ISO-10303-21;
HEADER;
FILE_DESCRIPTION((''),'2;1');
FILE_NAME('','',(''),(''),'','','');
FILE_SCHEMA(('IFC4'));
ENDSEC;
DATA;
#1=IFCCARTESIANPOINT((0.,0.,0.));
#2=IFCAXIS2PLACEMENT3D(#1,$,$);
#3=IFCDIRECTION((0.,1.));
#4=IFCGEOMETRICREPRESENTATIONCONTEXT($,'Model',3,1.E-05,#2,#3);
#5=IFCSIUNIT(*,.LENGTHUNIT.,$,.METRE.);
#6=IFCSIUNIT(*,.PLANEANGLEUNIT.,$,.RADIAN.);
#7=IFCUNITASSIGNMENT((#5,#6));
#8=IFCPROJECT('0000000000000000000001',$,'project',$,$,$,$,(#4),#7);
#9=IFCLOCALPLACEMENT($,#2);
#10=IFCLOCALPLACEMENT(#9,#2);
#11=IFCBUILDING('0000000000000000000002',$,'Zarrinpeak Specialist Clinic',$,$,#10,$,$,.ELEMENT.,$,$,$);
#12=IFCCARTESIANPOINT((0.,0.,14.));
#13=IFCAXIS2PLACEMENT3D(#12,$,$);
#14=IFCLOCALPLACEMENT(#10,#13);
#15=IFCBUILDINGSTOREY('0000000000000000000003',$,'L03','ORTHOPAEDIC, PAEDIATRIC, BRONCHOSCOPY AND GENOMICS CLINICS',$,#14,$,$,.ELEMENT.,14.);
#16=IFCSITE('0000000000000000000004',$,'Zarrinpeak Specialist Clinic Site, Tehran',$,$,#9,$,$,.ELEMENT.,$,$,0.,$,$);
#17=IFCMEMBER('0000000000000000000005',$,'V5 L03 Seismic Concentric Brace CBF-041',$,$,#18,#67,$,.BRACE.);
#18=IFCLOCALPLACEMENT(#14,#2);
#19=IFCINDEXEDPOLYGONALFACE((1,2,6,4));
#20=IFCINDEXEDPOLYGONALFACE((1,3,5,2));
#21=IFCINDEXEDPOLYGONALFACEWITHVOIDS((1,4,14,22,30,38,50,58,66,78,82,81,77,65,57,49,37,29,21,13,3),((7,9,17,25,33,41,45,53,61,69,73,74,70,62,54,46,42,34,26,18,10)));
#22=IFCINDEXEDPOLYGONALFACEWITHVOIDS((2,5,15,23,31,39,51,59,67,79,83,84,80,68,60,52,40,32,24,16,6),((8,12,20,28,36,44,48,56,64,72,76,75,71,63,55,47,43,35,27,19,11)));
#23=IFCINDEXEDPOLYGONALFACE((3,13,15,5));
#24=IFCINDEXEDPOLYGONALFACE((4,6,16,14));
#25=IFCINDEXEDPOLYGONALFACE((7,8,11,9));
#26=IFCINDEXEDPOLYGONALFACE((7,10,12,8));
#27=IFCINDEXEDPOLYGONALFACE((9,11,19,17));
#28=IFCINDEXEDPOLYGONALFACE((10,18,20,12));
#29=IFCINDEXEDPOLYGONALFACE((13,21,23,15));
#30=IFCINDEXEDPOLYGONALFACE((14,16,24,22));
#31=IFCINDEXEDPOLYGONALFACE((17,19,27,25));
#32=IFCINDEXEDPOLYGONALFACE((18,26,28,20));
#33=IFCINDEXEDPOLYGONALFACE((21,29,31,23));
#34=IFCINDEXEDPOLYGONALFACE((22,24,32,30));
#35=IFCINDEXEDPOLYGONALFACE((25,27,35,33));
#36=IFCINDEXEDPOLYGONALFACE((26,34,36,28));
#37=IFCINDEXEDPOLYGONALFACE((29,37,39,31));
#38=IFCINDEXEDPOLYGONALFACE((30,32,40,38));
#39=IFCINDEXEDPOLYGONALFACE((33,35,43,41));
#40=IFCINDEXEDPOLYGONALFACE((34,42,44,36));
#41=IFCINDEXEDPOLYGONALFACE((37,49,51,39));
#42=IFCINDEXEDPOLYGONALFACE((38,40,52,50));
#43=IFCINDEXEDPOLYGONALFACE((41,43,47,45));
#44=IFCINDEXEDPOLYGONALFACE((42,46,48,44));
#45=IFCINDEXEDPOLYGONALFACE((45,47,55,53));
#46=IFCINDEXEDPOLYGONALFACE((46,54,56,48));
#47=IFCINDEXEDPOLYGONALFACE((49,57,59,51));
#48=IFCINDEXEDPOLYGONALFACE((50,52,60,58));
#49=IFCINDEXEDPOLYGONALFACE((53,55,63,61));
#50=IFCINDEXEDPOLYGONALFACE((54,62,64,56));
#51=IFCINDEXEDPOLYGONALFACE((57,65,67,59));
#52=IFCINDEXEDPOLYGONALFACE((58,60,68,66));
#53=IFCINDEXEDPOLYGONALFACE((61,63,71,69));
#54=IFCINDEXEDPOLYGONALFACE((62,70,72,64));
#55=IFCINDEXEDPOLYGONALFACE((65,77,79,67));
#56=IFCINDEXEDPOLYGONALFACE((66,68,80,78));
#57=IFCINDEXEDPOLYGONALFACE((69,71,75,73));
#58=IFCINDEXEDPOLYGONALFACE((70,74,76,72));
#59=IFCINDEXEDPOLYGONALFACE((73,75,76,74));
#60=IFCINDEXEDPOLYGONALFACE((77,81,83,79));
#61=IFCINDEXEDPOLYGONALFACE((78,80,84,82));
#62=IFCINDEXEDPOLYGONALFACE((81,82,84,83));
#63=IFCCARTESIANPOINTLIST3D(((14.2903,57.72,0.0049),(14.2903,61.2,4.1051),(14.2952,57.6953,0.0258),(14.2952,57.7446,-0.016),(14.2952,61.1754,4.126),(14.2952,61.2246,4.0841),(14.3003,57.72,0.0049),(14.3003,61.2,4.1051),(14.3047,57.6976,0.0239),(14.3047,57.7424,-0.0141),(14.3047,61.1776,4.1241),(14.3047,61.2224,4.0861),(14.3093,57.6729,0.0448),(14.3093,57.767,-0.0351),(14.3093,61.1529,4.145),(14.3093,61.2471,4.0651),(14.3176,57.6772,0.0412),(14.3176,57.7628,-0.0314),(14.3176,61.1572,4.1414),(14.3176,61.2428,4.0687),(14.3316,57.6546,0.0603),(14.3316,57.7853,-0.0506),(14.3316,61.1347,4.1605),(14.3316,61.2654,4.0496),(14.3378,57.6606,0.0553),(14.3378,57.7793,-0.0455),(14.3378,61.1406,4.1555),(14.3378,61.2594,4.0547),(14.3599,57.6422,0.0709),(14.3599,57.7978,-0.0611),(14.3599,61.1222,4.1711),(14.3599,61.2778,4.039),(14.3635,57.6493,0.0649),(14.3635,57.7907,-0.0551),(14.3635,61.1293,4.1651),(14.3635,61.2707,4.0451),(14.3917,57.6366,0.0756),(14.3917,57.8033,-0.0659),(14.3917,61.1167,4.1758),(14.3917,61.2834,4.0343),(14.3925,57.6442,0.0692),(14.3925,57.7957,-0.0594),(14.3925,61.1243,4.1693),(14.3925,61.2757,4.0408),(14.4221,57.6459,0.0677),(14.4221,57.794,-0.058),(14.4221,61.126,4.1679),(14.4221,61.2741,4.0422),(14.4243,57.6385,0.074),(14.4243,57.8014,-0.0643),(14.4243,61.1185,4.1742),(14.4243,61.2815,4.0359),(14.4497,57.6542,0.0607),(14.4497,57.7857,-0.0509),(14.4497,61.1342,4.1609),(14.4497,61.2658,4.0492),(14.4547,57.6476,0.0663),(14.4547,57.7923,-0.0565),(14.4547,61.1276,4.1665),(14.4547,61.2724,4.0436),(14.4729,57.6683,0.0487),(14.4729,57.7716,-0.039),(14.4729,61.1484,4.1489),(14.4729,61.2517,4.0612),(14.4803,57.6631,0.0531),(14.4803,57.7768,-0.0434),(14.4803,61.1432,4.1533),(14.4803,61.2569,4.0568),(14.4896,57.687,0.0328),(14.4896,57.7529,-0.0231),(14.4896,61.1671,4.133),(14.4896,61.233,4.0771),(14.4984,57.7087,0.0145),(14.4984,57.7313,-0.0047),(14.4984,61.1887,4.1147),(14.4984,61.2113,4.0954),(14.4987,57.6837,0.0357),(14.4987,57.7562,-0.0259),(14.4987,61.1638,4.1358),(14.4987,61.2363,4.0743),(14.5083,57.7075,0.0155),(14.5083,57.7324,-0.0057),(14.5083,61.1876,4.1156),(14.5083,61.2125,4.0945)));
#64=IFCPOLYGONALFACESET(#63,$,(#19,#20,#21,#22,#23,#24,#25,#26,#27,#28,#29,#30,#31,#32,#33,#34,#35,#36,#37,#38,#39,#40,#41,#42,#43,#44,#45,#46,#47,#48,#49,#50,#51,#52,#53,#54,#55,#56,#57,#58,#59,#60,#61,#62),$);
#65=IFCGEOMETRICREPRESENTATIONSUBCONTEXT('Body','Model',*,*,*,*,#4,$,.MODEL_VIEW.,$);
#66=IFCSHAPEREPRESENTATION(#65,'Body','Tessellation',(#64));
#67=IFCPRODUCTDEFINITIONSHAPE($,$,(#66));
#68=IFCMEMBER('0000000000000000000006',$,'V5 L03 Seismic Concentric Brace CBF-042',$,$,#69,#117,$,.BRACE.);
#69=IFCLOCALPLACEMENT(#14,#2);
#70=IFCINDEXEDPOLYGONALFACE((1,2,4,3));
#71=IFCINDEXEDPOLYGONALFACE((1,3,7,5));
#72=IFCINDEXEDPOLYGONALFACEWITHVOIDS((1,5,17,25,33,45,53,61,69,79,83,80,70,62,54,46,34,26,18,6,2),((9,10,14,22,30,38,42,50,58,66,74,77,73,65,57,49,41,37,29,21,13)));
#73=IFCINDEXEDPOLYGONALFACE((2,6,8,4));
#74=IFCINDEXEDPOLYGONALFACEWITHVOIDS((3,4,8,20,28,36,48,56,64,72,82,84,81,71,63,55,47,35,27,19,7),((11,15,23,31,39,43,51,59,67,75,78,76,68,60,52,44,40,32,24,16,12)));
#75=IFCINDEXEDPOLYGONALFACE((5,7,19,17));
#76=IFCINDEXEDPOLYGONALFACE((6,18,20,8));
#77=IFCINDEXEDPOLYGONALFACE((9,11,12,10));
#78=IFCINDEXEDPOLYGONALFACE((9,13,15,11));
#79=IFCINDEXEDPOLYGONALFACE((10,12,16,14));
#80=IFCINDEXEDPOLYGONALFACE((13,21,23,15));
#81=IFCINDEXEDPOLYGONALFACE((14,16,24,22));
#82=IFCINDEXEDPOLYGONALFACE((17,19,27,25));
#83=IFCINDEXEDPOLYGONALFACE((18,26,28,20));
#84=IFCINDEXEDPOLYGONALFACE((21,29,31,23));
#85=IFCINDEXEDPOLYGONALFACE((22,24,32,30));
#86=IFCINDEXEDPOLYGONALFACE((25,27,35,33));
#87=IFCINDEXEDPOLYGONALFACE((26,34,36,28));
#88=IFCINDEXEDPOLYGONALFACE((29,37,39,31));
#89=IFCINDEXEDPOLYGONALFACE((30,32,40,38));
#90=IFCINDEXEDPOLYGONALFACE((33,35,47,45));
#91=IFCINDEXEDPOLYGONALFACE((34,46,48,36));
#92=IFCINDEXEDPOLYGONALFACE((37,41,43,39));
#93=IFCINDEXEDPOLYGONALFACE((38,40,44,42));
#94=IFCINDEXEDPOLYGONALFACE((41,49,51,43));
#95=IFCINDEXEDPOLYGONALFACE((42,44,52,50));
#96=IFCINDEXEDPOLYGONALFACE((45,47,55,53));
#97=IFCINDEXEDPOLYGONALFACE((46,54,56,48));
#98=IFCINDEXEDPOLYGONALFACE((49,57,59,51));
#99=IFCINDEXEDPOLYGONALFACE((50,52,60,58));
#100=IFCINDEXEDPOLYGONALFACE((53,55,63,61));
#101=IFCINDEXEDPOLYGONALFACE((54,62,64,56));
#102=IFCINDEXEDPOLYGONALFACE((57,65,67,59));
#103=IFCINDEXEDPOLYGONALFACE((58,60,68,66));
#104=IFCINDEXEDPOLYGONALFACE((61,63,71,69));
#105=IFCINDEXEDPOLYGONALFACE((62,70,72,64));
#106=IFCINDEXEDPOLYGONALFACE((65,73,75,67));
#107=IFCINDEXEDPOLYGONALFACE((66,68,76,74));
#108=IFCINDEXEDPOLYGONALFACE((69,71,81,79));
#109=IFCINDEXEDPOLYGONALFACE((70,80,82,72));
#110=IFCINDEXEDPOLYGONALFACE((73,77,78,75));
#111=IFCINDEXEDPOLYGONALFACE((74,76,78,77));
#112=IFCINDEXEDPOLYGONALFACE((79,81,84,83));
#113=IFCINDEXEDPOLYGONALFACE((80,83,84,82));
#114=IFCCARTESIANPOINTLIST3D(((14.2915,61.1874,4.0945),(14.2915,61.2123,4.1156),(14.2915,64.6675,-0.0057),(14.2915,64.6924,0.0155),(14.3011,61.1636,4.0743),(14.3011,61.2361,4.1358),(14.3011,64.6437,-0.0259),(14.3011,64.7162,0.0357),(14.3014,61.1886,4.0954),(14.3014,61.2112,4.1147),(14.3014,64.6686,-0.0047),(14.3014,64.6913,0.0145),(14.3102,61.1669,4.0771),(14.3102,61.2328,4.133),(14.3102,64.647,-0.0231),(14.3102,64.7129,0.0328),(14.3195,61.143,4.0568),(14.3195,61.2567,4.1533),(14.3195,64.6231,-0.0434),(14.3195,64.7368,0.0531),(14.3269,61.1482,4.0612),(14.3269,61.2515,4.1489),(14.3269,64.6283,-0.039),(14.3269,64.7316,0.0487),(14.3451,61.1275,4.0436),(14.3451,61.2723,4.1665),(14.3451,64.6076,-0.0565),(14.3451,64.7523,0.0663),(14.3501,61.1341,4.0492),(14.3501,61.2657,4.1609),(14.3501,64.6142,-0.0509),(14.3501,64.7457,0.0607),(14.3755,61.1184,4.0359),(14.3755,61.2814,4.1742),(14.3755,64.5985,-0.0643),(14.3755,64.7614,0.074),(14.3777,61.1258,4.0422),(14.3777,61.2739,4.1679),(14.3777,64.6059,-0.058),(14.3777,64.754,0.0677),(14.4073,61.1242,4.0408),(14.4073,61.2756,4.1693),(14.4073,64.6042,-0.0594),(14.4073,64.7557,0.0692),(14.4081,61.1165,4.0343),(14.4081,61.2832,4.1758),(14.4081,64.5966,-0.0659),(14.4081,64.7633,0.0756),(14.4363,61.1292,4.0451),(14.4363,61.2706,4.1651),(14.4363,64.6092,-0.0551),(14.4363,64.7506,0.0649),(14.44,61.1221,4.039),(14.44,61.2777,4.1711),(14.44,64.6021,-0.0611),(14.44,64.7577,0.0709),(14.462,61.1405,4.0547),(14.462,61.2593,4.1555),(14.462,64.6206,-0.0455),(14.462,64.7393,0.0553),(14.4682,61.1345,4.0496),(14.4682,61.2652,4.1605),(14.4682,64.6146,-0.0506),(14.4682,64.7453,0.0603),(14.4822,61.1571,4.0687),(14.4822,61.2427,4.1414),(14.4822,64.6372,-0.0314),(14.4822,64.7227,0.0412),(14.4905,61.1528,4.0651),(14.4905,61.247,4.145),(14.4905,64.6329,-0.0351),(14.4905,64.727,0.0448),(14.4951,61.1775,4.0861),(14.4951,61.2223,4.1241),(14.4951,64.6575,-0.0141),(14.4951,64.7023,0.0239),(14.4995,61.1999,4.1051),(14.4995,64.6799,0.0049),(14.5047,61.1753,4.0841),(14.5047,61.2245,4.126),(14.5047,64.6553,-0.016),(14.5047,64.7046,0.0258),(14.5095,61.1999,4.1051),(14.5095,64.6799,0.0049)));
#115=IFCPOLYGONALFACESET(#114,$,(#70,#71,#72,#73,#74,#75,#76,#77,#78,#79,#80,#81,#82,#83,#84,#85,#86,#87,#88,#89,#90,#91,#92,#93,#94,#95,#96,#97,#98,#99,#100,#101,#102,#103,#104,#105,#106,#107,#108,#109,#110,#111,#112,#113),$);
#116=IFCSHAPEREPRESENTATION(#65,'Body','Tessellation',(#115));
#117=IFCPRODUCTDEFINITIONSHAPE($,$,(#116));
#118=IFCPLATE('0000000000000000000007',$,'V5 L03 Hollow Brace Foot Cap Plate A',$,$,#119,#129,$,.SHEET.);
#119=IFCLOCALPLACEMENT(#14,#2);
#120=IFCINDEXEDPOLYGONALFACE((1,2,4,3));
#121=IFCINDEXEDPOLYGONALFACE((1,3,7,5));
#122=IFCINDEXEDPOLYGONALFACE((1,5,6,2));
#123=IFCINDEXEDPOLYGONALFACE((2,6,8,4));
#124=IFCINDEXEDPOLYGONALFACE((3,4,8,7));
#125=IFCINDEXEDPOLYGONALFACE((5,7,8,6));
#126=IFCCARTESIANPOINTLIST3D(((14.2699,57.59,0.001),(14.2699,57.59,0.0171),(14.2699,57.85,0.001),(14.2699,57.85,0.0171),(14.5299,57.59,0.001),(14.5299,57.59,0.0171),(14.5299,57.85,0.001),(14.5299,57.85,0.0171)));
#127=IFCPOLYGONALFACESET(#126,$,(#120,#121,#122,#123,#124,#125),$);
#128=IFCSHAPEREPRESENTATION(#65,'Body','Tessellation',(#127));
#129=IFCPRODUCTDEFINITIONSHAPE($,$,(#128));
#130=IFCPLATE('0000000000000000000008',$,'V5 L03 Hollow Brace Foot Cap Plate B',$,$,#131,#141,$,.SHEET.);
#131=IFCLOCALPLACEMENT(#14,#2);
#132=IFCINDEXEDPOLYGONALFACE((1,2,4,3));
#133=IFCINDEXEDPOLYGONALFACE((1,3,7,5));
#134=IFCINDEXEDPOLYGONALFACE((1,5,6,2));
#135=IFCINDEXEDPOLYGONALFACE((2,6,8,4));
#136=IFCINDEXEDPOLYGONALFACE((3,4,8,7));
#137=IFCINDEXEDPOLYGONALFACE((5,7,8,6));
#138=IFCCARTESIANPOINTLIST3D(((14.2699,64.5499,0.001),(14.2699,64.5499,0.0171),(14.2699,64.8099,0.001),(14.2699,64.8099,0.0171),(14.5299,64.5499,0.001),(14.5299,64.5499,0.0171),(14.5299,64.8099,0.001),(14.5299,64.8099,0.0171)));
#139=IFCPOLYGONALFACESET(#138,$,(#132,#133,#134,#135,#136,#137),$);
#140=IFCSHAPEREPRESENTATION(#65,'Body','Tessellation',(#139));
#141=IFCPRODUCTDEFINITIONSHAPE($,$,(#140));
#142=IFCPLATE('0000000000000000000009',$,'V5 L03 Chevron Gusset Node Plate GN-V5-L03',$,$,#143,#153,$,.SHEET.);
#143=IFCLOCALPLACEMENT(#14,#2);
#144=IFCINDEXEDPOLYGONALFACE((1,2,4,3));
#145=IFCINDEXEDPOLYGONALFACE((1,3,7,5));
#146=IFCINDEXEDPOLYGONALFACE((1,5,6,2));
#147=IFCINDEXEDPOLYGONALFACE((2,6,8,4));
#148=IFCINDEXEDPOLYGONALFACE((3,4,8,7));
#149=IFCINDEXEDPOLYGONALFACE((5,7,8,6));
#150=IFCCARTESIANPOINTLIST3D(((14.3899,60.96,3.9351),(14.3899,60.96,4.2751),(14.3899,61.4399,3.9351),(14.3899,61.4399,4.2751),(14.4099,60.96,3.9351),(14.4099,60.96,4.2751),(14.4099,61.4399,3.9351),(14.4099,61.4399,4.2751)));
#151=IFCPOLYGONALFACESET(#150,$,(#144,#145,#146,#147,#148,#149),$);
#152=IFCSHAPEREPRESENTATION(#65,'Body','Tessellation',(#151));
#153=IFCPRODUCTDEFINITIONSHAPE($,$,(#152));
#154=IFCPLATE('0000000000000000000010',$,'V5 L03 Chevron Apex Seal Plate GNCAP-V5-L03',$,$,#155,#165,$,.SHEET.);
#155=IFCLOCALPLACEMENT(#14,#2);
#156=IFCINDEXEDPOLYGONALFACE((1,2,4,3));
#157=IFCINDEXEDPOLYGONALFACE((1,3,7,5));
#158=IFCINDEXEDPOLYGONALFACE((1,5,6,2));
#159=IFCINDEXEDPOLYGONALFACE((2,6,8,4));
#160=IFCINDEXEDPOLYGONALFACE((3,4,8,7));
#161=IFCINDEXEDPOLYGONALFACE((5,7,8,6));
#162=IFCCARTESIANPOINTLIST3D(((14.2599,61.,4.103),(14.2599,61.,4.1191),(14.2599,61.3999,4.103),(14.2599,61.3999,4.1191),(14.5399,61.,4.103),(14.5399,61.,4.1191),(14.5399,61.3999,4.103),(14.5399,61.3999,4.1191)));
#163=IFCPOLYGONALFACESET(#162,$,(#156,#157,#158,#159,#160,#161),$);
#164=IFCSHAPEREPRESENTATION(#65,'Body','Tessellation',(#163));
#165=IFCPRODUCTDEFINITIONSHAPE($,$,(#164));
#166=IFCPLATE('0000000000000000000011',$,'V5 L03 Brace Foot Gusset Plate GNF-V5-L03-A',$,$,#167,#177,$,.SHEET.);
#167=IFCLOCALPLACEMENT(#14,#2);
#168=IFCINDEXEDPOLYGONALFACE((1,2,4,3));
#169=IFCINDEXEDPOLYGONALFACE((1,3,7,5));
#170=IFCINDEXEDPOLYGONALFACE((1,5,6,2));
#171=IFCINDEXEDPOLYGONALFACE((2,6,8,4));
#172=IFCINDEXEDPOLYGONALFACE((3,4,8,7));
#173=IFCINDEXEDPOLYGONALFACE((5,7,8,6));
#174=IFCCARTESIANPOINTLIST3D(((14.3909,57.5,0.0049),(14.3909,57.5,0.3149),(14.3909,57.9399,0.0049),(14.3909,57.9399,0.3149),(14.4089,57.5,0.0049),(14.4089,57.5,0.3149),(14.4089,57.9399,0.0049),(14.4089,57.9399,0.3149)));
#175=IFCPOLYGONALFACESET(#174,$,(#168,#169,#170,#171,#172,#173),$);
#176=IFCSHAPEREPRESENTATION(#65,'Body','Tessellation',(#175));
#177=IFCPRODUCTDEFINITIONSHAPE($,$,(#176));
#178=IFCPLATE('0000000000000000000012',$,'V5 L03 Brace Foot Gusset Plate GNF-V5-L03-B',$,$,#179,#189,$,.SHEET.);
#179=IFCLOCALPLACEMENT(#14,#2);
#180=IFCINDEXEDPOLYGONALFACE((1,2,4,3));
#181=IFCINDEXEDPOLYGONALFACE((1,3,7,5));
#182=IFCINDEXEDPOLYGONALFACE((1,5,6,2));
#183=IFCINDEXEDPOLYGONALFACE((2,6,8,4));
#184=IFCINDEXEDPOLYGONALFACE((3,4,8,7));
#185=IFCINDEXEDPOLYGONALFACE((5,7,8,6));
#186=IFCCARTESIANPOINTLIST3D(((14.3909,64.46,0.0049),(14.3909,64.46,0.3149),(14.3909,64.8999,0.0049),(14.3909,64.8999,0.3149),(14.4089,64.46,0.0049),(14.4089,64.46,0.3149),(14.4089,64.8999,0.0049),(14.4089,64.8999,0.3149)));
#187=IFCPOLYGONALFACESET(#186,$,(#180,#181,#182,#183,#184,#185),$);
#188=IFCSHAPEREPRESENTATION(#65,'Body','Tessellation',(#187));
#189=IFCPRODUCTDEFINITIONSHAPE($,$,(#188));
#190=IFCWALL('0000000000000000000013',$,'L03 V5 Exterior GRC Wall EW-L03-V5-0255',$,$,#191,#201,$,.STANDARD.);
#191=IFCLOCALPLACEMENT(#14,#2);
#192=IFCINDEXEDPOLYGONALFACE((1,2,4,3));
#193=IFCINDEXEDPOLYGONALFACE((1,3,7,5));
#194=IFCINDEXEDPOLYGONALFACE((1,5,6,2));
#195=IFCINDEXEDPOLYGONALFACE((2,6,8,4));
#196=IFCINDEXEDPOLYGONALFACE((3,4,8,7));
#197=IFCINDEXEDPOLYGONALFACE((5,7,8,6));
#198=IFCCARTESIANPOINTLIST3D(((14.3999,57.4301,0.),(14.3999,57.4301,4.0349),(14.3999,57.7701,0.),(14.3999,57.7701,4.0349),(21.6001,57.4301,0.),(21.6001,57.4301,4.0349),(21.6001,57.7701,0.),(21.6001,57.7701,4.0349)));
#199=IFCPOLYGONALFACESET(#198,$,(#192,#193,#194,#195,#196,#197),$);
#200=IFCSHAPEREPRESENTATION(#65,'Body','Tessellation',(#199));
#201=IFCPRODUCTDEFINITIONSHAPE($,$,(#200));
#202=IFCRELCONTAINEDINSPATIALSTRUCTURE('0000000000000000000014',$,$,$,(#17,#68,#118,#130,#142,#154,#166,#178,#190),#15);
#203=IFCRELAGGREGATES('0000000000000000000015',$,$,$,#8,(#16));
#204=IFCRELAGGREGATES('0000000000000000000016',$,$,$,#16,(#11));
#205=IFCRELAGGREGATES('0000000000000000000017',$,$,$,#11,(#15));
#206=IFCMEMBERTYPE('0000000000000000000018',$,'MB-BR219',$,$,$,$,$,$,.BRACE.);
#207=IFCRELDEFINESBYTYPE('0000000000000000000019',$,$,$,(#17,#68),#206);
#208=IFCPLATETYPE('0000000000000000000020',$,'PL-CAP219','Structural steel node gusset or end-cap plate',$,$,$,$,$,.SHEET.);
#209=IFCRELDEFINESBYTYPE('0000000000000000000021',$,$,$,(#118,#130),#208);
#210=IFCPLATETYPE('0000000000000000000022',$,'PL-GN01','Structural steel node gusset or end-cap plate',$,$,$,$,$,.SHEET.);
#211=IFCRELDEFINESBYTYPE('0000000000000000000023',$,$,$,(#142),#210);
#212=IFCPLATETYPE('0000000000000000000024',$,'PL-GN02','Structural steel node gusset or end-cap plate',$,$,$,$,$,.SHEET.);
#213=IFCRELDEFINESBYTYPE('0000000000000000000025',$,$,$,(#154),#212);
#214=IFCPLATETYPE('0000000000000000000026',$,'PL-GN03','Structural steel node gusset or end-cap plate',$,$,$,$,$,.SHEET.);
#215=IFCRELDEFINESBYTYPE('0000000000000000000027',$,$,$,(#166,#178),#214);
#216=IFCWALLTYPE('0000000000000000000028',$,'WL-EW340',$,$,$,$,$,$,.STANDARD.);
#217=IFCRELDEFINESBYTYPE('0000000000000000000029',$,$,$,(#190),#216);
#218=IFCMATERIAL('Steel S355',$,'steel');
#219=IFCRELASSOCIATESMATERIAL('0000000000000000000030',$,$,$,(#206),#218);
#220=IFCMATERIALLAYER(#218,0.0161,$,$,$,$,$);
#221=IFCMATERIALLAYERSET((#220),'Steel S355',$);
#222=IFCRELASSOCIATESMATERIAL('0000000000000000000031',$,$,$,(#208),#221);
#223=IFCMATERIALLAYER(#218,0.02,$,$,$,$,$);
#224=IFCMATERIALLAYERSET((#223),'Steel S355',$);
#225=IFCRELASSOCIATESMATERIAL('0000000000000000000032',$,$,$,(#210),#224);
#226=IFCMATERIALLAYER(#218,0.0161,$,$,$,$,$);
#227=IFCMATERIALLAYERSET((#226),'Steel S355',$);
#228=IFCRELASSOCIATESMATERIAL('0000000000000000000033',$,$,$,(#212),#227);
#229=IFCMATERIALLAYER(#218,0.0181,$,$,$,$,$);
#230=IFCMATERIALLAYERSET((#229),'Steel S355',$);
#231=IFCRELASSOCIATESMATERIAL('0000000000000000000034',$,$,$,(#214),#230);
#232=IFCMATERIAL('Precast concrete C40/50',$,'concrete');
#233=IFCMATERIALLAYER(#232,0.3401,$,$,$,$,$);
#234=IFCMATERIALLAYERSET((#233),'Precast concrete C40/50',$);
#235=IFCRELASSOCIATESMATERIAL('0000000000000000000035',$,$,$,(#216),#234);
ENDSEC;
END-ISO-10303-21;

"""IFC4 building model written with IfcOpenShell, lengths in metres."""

from ifc_helpers import new_model, si_unit, direction, frame, frame_2d, origin, origin_2d, place, context, subcontext, project, spatial, rectangle, hollow_circle, extrude, material, layer, layer_set, material_profile, profile_set, type_object, element, save


model = new_model("IFC4")

# Units and contexts
model_context = context("Model", 3, precision=1e-05, world=origin(), true_north=direction((0.0, 1.0)))
body_context = subcontext(model_context, "Body", "Model", "MODEL_VIEW")
ifc_project = project(units=[si_unit("LENGTHUNIT", "METRE"), si_unit("PLANEANGLEUNIT", "RADIAN")], contexts=[model_context])

# Site, building, storey
site_placement = place(None, origin())
site = spatial("IfcSite", under=ifc_project, at=site_placement, Name="Zarrinpeak Specialist Clinic Site, Tehran", CompositionType="ELEMENT", RefElevation=0.0)
building_placement = place(site_placement, origin())
building = spatial("IfcBuilding", under=site, at=building_placement, Name="Zarrinpeak Specialist Clinic", CompositionType="ELEMENT")
storey_placement = place(building_placement, frame((0.0, 0.0, 14.0)))
storey = spatial("IfcBuildingStorey", under=building, at=storey_placement, Name="L03", Description="ORTHOPAEDIC, PAEDIATRIC, BRONCHOSCOPY AND GENOMICS CLINICS", CompositionType="ELEMENT", Elevation=14.0)

# Shared definitions
ifc_material_1 = material(Name="Steel S355", Category="steel")

# Members
ifc_material_profile_1 = material_profile(ifc_material_1, hollow_circle(Radius=0.1096, WallThickness=0.01, at=origin_2d()), Name="CHS 219.1x10.0")
ifc_profile_set_1 = profile_set([ifc_material_profile_1], Name="Steel S355")
member_type = type_object("IfcMemberType", Name="MB-BR219", PredefinedType="BRACE", material=ifc_profile_set_1)
for number, where, z_axis, x_axis, name in (
    (1, (14.3999, 57.72, 0.0049), (0.0, 0.647097, 0.762407), (-1.0, 0.0, 0.0), "V5 L03 Seismic Concentric Brace CBF-041"),
    (2, (14.3999, 64.6799, 0.0049), (0.0, -0.647097, 0.762407), (1.0, 0.0, 0.0), "V5 L03 Seismic Concentric Brace CBF-042"),
):
    element("IfcMember", number, at=place(storey_placement, frame(where, z_axis=z_axis, x_axis=x_axis)), inside=storey, type_object=member_type, Name=name, PredefinedType="BRACE", context=body_context, shape_type="SweptSolid", body=[
        extrude(hollow_circle(Radius=0.1096, WallThickness=0.01, at=origin_2d()), origin(), (0.0, 0.0, 1.0), 5.3779),
    ])

# Plates
ifc_layer_1 = layer(ifc_material_1, 0.0161)
ifc_layer_set_1 = layer_set([ifc_layer_1], Name="Steel S355")
plate_type_1 = type_object("IfcPlateType", Name="PL-CAP219", Description="Structural steel node gusset or end-cap plate", PredefinedType="SHEET", material=ifc_layer_set_1)
for number, where, z_axis, x_axis, name in (
    (3, (14.3999, 57.72, 0.001), (0.0, 0.0, 1.0), (1.0, 0.0, 0.0), "V5 L03 Hollow Brace Foot Cap Plate A"),
    (4, (14.3999, 64.6799, 0.001), (0.0, 0.0, 1.0), (1.0, 0.0, 0.0), "V5 L03 Hollow Brace Foot Cap Plate B"),
):
    element("IfcPlate", number, at=place(storey_placement, frame(where, z_axis=z_axis, x_axis=x_axis)), inside=storey, type_object=plate_type_1, Name=name, PredefinedType="SHEET", context=body_context, shape_type="SweptSolid", body=[
        extrude(rectangle(XDim=0.26, YDim=0.26, at=origin_2d()), origin(), (0.0, 0.0, 1.0), 0.0161),
    ])
ifc_layer_2 = layer(ifc_material_1, 0.02)
ifc_layer_set_2 = layer_set([ifc_layer_2], Name="Steel S355")
plate_type_2 = type_object("IfcPlateType", Name="PL-GN01", Description="Structural steel node gusset or end-cap plate", PredefinedType="SHEET", material=ifc_layer_set_2)
plate_1_placement = place(storey_placement, frame((14.3999, 61.2, 3.9351), z_axis=(0.0, 0.0, 1.0), x_axis=(1.0, 0.0, 0.0)))
element("IfcPlate", 5, at=plate_1_placement, inside=storey, type_object=plate_type_2, Name="V5 L03 Chevron Gusset Node Plate GN-V5-L03", PredefinedType="SHEET", context=body_context, shape_type="SweptSolid", body=[
    extrude(rectangle(XDim=0.02, YDim=0.48, at=origin_2d()), origin(), (0.0, 0.0, 1.0), 0.3401),
])
ifc_layer_3 = layer(ifc_material_1, 0.0161)
ifc_layer_set_3 = layer_set([ifc_layer_3], Name="Steel S355")
plate_type_3 = type_object("IfcPlateType", Name="PL-GN02", Description="Structural steel node gusset or end-cap plate", PredefinedType="SHEET", material=ifc_layer_set_3)
plate_2_placement = place(storey_placement, frame((14.3999, 61.2, 4.103), z_axis=(0.0, 0.0, 1.0), x_axis=(1.0, 0.0, 0.0)))
element("IfcPlate", 6, at=plate_2_placement, inside=storey, type_object=plate_type_3, Name="V5 L03 Chevron Apex Seal Plate GNCAP-V5-L03", PredefinedType="SHEET", context=body_context, shape_type="SweptSolid", body=[
    extrude(rectangle(XDim=0.28, YDim=0.3999, at=origin_2d()), origin(), (0.0, 0.0, 1.0), 0.0161),
])
ifc_layer_4 = layer(ifc_material_1, 0.0181)
ifc_layer_set_4 = layer_set([ifc_layer_4], Name="Steel S355")
plate_type_4 = type_object("IfcPlateType", Name="PL-GN03", Description="Structural steel node gusset or end-cap plate", PredefinedType="SHEET", material=ifc_layer_set_4)
for number, where, z_axis, x_axis, name in (
    (7, (14.3999, 57.72, 0.0049), (0.0, 0.0, 1.0), (1.0, 0.0, 0.0), "V5 L03 Brace Foot Gusset Plate GNF-V5-L03-A"),
    (8, (14.3999, 64.6799, 0.0049), (0.0, 0.0, 1.0), (1.0, 0.0, 0.0), "V5 L03 Brace Foot Gusset Plate GNF-V5-L03-B"),
):
    element("IfcPlate", number, at=place(storey_placement, frame(where, z_axis=z_axis, x_axis=x_axis)), inside=storey, type_object=plate_type_4, Name=name, PredefinedType="SHEET", context=body_context, shape_type="SweptSolid", body=[
        extrude(rectangle(XDim=0.0181, YDim=0.4399, at=origin_2d()), origin(), (0.0, 0.0, 1.0), 0.3101),
    ])

# Wall
ifc_material_2 = material(Name="Precast concrete C40/50", Category="concrete")
ifc_layer_5 = layer(ifc_material_2, 0.3401)
ifc_layer_set_5 = layer_set([ifc_layer_5], Name="Precast concrete C40/50")
wall_type_1 = type_object("IfcWallType", Name="WL-EW340", PredefinedType="STANDARD", material=ifc_layer_set_5)
wall_1_placement = place(storey_placement, frame((14.3999, 57.6001, 0.0), z_axis=(0.0, 0.0, 1.0), x_axis=(1.0, 0.0, 0.0)))
element("IfcWall", 9, at=wall_1_placement, inside=storey, type_object=wall_type_1, Name="L03 V5 Exterior GRC Wall EW-L03-V5-0255", PredefinedType="STANDARD", context=body_context, shape_type="SweptSolid", body=[
    extrude(rectangle(XDim=7.2002, YDim=0.3401, at=frame_2d((3.6001, 0.0))), origin(), (0.0, 0.0, 1.0), 4.0349),
])

save(model, "model.ifc")
